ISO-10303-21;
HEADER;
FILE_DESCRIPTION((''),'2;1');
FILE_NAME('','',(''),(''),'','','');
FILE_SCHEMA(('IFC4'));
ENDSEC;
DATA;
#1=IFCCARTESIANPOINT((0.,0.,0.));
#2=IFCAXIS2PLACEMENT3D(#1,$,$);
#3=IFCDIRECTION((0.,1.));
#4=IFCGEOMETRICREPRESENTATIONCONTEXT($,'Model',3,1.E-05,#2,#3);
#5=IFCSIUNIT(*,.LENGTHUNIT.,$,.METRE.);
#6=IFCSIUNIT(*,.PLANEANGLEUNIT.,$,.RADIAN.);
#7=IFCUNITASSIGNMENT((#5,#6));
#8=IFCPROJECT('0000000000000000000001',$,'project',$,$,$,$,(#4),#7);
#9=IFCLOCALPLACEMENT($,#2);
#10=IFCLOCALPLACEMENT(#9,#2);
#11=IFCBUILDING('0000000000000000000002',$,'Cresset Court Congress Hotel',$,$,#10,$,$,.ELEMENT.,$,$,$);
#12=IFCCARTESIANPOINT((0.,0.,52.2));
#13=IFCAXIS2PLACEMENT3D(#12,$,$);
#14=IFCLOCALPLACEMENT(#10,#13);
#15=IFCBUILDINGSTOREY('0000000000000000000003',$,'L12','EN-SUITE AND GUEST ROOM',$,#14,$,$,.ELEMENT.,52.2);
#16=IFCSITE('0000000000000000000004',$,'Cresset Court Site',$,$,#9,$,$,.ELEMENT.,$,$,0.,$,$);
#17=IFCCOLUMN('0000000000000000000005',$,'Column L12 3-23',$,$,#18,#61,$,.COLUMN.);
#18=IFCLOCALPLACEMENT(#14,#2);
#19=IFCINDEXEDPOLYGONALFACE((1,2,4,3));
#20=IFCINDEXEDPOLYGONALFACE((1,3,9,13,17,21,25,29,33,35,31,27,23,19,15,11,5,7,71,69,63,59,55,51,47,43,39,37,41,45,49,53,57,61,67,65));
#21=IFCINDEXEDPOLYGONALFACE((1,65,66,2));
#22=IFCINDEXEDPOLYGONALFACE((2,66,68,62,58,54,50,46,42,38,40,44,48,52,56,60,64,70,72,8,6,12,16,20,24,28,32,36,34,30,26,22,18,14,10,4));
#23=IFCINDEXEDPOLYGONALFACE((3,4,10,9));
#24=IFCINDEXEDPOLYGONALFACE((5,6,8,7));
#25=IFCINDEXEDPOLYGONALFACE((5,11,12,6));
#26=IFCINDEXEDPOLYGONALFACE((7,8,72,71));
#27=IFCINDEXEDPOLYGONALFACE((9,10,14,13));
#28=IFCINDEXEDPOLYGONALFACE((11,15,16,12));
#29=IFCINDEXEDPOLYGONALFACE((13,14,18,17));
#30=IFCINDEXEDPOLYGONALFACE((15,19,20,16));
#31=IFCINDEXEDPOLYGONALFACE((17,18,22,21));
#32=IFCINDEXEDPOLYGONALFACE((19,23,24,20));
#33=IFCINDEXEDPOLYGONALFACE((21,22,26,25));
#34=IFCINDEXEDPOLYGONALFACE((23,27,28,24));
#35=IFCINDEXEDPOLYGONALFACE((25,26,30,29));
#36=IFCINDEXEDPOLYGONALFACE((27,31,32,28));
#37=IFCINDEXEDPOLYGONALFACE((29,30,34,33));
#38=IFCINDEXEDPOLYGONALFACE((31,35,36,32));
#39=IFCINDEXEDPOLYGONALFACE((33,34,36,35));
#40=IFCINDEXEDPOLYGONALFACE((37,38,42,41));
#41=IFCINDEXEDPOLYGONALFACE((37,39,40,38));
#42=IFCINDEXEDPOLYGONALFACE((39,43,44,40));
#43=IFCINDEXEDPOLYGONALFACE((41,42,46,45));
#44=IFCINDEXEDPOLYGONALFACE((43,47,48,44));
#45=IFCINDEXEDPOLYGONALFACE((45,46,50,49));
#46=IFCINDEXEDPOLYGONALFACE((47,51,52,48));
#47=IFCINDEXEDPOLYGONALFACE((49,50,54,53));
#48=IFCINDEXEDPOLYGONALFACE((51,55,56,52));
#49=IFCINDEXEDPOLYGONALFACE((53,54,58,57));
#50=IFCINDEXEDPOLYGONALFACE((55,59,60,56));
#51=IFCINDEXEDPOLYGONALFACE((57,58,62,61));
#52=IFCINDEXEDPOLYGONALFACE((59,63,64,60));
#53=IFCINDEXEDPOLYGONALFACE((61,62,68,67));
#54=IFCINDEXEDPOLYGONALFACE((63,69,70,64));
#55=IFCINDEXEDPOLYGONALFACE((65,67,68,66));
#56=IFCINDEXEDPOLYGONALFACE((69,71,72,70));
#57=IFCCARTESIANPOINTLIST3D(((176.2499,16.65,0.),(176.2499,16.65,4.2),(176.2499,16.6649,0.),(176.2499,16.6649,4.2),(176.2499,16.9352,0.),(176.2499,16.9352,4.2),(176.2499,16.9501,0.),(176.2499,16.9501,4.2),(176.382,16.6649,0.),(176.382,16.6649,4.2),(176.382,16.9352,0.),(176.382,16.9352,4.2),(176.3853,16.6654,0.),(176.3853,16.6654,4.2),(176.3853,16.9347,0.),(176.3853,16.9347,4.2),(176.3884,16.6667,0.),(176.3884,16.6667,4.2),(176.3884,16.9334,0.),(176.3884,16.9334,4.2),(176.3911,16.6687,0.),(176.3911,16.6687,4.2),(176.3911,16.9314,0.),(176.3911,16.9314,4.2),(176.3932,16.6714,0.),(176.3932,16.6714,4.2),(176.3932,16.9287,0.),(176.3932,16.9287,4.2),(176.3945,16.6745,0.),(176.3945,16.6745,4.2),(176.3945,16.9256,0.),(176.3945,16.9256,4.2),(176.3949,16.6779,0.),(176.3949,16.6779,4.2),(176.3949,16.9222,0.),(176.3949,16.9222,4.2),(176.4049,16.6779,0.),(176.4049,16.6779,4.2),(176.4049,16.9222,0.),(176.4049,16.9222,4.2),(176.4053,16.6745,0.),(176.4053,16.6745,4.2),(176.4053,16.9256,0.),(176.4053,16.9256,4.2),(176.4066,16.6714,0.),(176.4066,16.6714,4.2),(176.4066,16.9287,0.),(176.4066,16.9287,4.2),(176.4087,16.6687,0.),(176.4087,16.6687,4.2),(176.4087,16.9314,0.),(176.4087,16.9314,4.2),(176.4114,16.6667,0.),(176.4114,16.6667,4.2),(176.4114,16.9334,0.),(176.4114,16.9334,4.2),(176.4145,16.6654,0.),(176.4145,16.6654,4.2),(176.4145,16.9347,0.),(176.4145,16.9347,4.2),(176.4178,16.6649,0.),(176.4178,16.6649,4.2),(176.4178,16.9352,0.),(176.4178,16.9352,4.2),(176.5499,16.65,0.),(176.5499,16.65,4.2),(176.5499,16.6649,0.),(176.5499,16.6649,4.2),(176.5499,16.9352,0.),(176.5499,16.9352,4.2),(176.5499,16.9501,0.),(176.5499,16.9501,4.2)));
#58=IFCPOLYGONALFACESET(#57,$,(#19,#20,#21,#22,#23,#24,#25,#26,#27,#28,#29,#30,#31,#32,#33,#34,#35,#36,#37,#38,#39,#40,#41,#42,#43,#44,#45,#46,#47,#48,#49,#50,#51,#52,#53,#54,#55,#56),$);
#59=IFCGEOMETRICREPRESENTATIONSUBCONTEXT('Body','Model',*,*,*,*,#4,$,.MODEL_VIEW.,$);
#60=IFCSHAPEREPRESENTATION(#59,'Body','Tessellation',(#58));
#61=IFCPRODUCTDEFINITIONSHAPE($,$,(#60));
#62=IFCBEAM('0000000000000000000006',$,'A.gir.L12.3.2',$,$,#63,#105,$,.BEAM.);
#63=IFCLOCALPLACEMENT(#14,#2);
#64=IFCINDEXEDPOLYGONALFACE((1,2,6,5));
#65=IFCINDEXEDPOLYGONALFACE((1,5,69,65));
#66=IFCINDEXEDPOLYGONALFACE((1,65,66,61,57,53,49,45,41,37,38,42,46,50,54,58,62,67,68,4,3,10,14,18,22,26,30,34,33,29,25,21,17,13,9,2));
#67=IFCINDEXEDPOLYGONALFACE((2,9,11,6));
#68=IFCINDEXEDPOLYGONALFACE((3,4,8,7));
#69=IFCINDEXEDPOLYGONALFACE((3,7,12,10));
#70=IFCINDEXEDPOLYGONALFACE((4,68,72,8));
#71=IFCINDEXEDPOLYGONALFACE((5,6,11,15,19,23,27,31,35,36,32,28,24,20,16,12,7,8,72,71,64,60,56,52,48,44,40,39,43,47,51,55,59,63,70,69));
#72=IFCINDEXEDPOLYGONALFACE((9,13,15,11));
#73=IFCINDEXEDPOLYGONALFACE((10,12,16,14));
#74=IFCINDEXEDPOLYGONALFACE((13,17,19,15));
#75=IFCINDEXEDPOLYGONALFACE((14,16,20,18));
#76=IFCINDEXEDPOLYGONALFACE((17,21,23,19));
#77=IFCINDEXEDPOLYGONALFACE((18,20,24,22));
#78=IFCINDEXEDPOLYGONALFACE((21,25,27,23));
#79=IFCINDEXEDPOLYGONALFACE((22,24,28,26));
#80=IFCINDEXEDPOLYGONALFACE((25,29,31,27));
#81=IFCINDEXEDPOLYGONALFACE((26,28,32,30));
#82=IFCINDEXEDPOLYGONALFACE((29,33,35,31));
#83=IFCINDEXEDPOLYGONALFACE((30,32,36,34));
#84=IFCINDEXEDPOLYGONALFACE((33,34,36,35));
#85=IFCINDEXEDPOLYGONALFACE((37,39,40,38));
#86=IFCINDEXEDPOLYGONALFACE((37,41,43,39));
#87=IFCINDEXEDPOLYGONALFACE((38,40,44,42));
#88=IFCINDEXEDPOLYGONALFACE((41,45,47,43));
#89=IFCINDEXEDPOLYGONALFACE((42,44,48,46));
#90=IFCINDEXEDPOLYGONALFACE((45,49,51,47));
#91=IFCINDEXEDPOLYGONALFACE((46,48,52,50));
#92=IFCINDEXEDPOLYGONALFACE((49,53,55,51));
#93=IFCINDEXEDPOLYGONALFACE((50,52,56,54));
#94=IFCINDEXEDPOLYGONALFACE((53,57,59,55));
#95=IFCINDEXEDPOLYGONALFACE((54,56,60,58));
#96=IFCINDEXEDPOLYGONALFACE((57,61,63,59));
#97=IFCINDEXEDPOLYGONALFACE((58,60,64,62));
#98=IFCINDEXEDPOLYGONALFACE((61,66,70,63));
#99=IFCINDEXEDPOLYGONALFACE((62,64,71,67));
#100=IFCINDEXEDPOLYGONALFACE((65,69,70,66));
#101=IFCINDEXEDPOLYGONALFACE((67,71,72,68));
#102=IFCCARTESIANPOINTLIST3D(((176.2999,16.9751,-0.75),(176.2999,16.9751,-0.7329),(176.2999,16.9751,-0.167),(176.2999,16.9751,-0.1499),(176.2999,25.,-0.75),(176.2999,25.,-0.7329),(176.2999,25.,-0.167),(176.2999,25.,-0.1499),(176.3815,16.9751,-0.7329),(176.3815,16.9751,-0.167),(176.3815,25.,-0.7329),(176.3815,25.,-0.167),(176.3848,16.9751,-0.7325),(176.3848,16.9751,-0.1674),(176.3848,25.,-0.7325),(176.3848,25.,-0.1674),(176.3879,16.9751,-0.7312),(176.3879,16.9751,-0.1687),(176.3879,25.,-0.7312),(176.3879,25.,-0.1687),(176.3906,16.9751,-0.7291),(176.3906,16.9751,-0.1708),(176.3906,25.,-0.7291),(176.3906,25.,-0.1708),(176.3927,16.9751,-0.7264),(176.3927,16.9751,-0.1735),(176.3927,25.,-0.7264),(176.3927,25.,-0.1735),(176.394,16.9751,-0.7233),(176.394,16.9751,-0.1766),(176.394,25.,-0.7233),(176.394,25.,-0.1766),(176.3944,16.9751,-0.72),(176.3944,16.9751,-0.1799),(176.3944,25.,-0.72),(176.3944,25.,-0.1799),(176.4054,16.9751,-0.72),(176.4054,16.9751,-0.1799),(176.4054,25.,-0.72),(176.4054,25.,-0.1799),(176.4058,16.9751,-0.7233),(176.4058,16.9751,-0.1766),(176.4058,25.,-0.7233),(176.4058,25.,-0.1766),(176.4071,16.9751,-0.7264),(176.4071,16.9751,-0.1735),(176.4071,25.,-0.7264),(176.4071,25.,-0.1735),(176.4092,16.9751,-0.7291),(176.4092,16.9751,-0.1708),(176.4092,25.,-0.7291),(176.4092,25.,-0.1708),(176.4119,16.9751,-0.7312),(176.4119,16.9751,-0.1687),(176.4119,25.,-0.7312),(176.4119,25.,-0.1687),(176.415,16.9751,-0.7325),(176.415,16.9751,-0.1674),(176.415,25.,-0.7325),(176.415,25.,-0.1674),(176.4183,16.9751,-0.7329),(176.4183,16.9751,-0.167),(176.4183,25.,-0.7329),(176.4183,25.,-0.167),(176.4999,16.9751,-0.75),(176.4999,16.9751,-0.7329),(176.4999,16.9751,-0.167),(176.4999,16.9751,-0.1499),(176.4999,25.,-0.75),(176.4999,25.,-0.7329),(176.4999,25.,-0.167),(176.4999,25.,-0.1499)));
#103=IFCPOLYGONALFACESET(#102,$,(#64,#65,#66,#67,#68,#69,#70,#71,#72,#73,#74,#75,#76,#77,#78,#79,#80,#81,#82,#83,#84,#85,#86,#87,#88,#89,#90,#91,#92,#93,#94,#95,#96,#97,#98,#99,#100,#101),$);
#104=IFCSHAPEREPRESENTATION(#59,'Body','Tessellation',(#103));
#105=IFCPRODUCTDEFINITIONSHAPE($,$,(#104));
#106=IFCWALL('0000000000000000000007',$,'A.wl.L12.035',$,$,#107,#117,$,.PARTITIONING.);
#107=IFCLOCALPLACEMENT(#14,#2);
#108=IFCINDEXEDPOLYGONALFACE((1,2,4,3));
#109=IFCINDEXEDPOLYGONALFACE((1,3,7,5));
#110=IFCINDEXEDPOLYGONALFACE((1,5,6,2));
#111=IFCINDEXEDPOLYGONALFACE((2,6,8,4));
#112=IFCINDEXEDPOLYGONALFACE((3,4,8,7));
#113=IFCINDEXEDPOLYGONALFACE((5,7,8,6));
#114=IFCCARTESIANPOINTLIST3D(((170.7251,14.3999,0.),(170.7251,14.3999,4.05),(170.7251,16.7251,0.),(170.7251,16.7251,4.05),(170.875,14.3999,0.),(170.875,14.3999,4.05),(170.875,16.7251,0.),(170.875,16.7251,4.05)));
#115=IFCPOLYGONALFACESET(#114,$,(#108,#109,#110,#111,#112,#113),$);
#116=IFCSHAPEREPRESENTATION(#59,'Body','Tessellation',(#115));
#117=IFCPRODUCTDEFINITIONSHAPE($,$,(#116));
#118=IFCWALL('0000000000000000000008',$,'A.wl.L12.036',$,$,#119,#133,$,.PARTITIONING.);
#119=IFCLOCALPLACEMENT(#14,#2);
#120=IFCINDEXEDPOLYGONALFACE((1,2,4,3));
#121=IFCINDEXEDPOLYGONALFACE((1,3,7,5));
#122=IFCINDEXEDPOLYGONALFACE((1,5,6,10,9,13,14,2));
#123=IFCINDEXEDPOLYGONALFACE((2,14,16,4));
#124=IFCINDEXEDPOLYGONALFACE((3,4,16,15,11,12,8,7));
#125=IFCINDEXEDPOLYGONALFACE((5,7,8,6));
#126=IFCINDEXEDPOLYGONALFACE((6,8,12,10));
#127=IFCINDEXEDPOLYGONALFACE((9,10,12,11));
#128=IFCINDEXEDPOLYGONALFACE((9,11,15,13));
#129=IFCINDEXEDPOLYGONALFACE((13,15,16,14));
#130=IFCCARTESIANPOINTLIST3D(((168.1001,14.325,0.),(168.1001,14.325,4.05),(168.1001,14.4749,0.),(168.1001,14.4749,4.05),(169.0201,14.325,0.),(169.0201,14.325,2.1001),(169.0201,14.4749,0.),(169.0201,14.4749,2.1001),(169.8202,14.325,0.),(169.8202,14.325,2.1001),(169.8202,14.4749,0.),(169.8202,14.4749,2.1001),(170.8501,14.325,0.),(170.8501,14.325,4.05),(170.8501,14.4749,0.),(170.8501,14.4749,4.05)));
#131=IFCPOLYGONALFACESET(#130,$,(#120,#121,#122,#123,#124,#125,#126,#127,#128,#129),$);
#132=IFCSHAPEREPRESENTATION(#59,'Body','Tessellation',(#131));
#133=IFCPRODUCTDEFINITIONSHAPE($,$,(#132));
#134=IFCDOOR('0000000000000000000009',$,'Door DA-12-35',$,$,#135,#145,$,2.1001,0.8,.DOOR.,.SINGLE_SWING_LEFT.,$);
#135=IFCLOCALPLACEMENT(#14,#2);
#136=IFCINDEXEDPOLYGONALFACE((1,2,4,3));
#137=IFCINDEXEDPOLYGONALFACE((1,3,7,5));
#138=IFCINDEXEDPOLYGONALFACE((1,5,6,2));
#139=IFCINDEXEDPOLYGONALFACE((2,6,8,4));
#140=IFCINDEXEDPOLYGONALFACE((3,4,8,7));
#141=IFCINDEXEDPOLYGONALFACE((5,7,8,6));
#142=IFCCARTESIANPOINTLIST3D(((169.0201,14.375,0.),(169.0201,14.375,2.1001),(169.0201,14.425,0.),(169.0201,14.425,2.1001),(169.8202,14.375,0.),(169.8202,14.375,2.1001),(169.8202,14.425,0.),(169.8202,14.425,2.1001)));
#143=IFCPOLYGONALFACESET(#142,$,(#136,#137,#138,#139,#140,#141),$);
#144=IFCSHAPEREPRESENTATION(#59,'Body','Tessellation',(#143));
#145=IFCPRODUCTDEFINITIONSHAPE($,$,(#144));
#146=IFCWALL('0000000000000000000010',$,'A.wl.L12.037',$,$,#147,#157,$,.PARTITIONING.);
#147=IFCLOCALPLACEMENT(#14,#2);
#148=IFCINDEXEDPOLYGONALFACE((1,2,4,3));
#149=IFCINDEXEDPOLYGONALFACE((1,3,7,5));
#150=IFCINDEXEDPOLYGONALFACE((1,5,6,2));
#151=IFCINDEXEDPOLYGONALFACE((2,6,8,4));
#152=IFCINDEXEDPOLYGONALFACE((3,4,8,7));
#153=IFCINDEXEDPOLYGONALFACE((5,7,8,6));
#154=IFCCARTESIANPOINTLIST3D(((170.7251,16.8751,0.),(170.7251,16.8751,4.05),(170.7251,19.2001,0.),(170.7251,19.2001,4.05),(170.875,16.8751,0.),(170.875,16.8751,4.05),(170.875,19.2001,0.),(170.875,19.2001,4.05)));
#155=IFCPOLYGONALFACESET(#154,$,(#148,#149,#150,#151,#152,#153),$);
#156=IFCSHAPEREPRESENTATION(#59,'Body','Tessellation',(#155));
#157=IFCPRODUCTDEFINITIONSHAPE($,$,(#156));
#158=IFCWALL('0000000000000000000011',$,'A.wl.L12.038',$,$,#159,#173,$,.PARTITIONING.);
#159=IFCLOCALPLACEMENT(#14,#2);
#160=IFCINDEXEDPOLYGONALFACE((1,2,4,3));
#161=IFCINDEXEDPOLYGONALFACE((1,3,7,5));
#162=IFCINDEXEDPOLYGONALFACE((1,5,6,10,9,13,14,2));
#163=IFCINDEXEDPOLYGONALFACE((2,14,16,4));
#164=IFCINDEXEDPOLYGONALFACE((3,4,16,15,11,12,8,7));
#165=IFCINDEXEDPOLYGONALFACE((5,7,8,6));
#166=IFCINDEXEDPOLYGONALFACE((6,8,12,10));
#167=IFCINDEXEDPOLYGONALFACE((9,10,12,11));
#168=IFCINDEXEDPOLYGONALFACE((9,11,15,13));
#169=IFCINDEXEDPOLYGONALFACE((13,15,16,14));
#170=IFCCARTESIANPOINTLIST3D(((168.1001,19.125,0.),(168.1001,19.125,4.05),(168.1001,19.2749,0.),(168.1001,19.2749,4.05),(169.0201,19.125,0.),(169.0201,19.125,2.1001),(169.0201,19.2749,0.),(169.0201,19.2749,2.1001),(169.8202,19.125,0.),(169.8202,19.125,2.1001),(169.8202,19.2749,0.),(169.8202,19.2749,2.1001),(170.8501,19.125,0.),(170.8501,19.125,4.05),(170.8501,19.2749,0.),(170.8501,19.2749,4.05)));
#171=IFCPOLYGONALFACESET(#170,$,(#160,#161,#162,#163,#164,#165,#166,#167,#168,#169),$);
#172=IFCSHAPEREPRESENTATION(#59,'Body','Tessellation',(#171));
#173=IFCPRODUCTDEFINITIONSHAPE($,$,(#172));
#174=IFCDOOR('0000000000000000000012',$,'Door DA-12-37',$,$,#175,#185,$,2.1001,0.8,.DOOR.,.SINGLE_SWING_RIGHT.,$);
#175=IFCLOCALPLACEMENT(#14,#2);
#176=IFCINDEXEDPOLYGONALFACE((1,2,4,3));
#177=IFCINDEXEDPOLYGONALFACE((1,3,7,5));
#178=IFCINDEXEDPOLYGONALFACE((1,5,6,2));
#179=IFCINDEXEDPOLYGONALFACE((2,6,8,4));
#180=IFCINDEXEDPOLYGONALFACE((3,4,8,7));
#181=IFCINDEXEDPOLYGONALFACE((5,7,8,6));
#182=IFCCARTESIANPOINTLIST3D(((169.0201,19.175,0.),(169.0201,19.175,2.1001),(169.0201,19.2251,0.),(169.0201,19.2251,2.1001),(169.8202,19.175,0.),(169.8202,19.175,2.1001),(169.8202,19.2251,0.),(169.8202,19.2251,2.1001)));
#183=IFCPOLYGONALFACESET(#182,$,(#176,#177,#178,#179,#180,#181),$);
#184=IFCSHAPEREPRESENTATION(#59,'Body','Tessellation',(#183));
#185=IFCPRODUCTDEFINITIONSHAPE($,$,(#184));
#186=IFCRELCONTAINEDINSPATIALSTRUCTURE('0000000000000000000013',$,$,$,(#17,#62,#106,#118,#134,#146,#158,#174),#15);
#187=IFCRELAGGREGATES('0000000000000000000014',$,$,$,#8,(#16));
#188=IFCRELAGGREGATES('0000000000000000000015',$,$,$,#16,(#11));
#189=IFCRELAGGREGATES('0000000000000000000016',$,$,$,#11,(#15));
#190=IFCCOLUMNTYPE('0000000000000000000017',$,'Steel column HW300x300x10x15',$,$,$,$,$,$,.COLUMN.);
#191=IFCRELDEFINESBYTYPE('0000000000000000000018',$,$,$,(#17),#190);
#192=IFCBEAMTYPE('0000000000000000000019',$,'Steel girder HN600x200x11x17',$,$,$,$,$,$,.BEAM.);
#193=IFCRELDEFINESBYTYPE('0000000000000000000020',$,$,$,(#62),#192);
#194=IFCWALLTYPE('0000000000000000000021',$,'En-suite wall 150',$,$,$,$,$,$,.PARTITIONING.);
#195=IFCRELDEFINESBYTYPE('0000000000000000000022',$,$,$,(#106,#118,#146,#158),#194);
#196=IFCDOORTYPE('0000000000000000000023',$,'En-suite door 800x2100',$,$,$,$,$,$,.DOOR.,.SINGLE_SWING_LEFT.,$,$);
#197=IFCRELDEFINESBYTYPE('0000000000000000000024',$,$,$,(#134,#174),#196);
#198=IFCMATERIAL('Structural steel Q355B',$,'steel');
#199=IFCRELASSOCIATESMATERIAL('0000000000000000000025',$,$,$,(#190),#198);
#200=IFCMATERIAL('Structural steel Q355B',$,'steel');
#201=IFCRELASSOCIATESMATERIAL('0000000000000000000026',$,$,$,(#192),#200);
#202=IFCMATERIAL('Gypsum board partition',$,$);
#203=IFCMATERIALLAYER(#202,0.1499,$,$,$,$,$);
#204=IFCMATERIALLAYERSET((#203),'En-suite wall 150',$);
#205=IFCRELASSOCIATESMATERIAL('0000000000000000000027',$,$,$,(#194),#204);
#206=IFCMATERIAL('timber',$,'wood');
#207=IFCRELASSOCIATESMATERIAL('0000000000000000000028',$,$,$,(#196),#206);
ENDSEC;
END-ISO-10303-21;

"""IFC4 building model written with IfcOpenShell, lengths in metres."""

from ifc_helpers import new_model, si_unit, direction, frame, frame_2d, origin, origin_2d, place, context, subcontext, project, spatial, rectangle, i_section, extrude, material, layer, layer_set, material_profile, profile_set, type_object, element, fill, save


model = new_model("IFC4")

# Units and contexts
model_context = context("Model", 3, precision=1e-05, world=origin(), true_north=direction((0.0, 1.0)))
body_context = subcontext(model_context, "Body", "Model", "MODEL_VIEW")
ifc_project = project(units=[si_unit("LENGTHUNIT", "METRE"), si_unit("PLANEANGLEUNIT", "RADIAN")], contexts=[model_context])

# Site, building, storey
site_placement = place(None, origin())
site = spatial("IfcSite", under=ifc_project, at=site_placement, Name="Cresset Court Site", CompositionType="ELEMENT", RefElevation=0.0)
building_placement = place(site_placement, origin())
building = spatial("IfcBuilding", under=site, at=building_placement, Name="Cresset Court Congress Hotel", CompositionType="ELEMENT")
storey_placement = place(building_placement, frame((0.0, 0.0, 52.2)))
storey = spatial("IfcBuildingStorey", under=building, at=storey_placement, Name="L12", Description="EN-SUITE AND GUEST ROOM", CompositionType="ELEMENT", Elevation=52.2)

# Column
ifc_material_1 = material(Name="Structural steel Q355B", Category="steel")
ifc_material_profile_1 = material_profile(ifc_material_1, i_section(OverallWidth=0.3, OverallDepth=0.3, WebThickness=0.01, FlangeThickness=0.0149, FilletRadius=0.0129, at=origin_2d()), Name="HW300x300x10x15")
ifc_profile_set_1 = profile_set([ifc_material_profile_1], Name="Structural steel Q355B")
column_type = type_object("IfcColumnType", Name="Steel column HW300x300x10x15", PredefinedType="COLUMN", material=ifc_profile_set_1)
column_placement = place(storey_placement, frame((176.3999, 16.8, 0.0), z_axis=(0.0, 0.0, 1.0), x_axis=(1.0, 0.0, 0.0)))
element("IfcColumn", 1, at=column_placement, inside=storey, type_object=column_type, Name="Column L12 3-23", PredefinedType="COLUMN", context=body_context, shape_type="SweptSolid", body=[
    extrude(i_section(OverallWidth=0.3, OverallDepth=0.3, WebThickness=0.01, FlangeThickness=0.0149, FilletRadius=0.0129, at=origin_2d()), origin(), (0.0, 0.0, 1.0), 4.2),
])

# Beam
ifc_material_2 = material(Name="Structural steel Q355B", Category="steel")
ifc_material_profile_2 = material_profile(ifc_material_2, i_section(OverallWidth=0.2, OverallDepth=0.6001, WebThickness=0.011, FlangeThickness=0.0171, FilletRadius=0.0129, at=origin_2d()), Name="HN600x200x11x17")
ifc_profile_set_2 = profile_set([ifc_material_profile_2], Name="Structural steel Q355B")
beam_type = type_object("IfcBeamType", Name="Steel girder HN600x200x11x17", PredefinedType="BEAM", material=ifc_profile_set_2)
beam_placement = place(storey_placement, frame((176.3999, 16.9751, -0.45), z_axis=(0.0, 1.0, 0.0), x_axis=(-1.0, 0.0, 0.0)))
element("IfcBeam", 2, at=beam_placement, inside=storey, type_object=beam_type, Name="A.gir.L12.3.2", PredefinedType="BEAM", context=body_context, shape_type="SweptSolid", body=[
    extrude(i_section(OverallWidth=0.2, OverallDepth=0.6001, WebThickness=0.011, FlangeThickness=0.0171, FilletRadius=0.0129, at=origin_2d()), origin(), (0.0, 0.0, 1.0), 8.0249),
])

# Wall
ifc_material_3 = material(Name="Gypsum board partition")
ifc_layer_1 = layer(ifc_material_3, 0.1499)
ifc_layer_set_1 = layer_set([ifc_layer_1], Name="En-suite wall 150")
wall_type_1 = type_object("IfcWallType", Name="En-suite wall 150", PredefinedType="PARTITIONING", material=ifc_layer_set_1)
wall_1_placement = place(storey_placement, frame((170.8, 14.3999, 0.0), z_axis=(0.0, 0.0, 1.0), x_axis=(0.0, 1.0, 0.0)))
element("IfcWall", 3, at=wall_1_placement, inside=storey, type_object=wall_type_1, Name="A.wl.L12.035", PredefinedType="PARTITIONING", context=body_context, shape_type="SweptSolid", body=[
    extrude(rectangle(XDim=2.3252, YDim=0.1499, at=frame_2d((1.1626, 0.0))), origin(), (0.0, 0.0, 1.0), 4.05),
])

# Wall, opening, door
wall_2_placement = place(storey_placement, frame((170.8501, 14.3999, 0.0), z_axis=(0.0, 0.0, 1.0), x_axis=(-1.0, 0.0, 0.0)))
wall_2 = element("IfcWall", 4, at=wall_2_placement, inside=storey, type_object=wall_type_1, Name="A.wl.L12.036", PredefinedType="PARTITIONING", context=body_context, shape_type="SweptSolid", body=[
    extrude(rectangle(XDim=2.75, YDim=0.1499, at=frame_2d((1.375, 0.0))), origin(), (0.0, 0.0, 1.0), 4.05),
])
opening_1_placement = place(wall_2_placement, frame((1.03, 0.0, 0.0)))
opening_1 = element("IfcOpeningElement", 5, at=opening_1_placement, cuts=wall_2, PredefinedType="OPENING", context=body_context, shape_type="SweptSolid", body=[
    extrude(rectangle(XDim=0.8, YDim=2.1001, at=frame_2d((0.3999, 1.05))), frame((0.0, 0.085, 0.0), z_axis=(0.0, -1.0, 0.0), x_axis=(1.0, 0.0, 0.0)), (0.0, 0.0, 1.0), 0.1699),
])
ifc_material_4 = material(Name="timber", Category="wood")
door_type = type_object("IfcDoorType", Name="En-suite door 800x2100", OperationType="SINGLE_SWING_LEFT", PredefinedType="DOOR", material=ifc_material_4)
door_1_placement = place(opening_1_placement, origin())
door_1 = element("IfcDoor", 6, at=door_1_placement, inside=storey, type_object=door_type, Name="Door DA-12-35", OperationType="SINGLE_SWING_LEFT", OverallHeight=2.1001, OverallWidth=0.8, PredefinedType="DOOR", context=body_context, shape_type="SweptSolid", body=[
    extrude(rectangle(XDim=0.8, YDim=2.1001, at=frame_2d((0.3999, 1.05))), frame((0.0, 0.0249, 0.0), z_axis=(0.0, -1.0, 0.0), x_axis=(1.0, 0.0, 0.0)), (0.0, 0.0, 1.0), 0.05),
])
fill(opening_1, door_1)

# Wall
wall_3_placement = place(storey_placement, frame((170.8, 16.875, 0.0), z_axis=(0.0, 0.0, 1.0), x_axis=(0.0, 1.0, 0.0)))
element("IfcWall", 7, at=wall_3_placement, inside=storey, type_object=wall_type_1, Name="A.wl.L12.037", PredefinedType="PARTITIONING", context=body_context, shape_type="SweptSolid", body=[
    extrude(rectangle(XDim=2.325, YDim=0.1499, at=frame_2d((1.1626, 0.0))), origin(), (0.0, 0.0, 1.0), 4.05),
])

# Wall, opening, door
wall_4_placement = place(storey_placement, frame((170.8501, 19.2, 0.0), z_axis=(0.0, 0.0, 1.0), x_axis=(-1.0, 0.0, 0.0)))
wall_4 = element("IfcWall", 8, at=wall_4_placement, inside=storey, type_object=wall_type_1, Name="A.wl.L12.038", PredefinedType="PARTITIONING", context=body_context, shape_type="SweptSolid", body=[
    extrude(rectangle(XDim=2.75, YDim=0.1499, at=frame_2d((1.375, 0.0))), origin(), (0.0, 0.0, 1.0), 4.05),
])
opening_2_placement = place(wall_4_placement, frame((1.03, 0.0, 0.0)))
opening_2 = element("IfcOpeningElement", 9, at=opening_2_placement, cuts=wall_4, PredefinedType="OPENING", context=body_context, shape_type="SweptSolid", body=[
    extrude(rectangle(XDim=0.8, YDim=2.1001, at=frame_2d((0.3999, 1.05))), frame((0.0, 0.085, 0.0), z_axis=(0.0, -1.0, 0.0), x_axis=(1.0, 0.0, 0.0)), (0.0, 0.0, 1.0), 0.1699),
])
door_2_placement = place(opening_2_placement, origin())
door_2 = element("IfcDoor", 10, at=door_2_placement, inside=storey, type_object=door_type, Name="Door DA-12-37", OperationType="SINGLE_SWING_RIGHT", OverallHeight=2.1001, OverallWidth=0.8, PredefinedType="DOOR", context=body_context, shape_type="SweptSolid", body=[
    extrude(rectangle(XDim=0.8, YDim=2.1001, at=frame_2d((0.3999, 1.05))), frame((0.0, 0.0249, 0.0), z_axis=(0.0, -1.0, 0.0), x_axis=(1.0, 0.0, 0.0)), (0.0, 0.0, 1.0), 0.05),
])
fill(opening_2, door_2)

save(model, "model.ifc")
